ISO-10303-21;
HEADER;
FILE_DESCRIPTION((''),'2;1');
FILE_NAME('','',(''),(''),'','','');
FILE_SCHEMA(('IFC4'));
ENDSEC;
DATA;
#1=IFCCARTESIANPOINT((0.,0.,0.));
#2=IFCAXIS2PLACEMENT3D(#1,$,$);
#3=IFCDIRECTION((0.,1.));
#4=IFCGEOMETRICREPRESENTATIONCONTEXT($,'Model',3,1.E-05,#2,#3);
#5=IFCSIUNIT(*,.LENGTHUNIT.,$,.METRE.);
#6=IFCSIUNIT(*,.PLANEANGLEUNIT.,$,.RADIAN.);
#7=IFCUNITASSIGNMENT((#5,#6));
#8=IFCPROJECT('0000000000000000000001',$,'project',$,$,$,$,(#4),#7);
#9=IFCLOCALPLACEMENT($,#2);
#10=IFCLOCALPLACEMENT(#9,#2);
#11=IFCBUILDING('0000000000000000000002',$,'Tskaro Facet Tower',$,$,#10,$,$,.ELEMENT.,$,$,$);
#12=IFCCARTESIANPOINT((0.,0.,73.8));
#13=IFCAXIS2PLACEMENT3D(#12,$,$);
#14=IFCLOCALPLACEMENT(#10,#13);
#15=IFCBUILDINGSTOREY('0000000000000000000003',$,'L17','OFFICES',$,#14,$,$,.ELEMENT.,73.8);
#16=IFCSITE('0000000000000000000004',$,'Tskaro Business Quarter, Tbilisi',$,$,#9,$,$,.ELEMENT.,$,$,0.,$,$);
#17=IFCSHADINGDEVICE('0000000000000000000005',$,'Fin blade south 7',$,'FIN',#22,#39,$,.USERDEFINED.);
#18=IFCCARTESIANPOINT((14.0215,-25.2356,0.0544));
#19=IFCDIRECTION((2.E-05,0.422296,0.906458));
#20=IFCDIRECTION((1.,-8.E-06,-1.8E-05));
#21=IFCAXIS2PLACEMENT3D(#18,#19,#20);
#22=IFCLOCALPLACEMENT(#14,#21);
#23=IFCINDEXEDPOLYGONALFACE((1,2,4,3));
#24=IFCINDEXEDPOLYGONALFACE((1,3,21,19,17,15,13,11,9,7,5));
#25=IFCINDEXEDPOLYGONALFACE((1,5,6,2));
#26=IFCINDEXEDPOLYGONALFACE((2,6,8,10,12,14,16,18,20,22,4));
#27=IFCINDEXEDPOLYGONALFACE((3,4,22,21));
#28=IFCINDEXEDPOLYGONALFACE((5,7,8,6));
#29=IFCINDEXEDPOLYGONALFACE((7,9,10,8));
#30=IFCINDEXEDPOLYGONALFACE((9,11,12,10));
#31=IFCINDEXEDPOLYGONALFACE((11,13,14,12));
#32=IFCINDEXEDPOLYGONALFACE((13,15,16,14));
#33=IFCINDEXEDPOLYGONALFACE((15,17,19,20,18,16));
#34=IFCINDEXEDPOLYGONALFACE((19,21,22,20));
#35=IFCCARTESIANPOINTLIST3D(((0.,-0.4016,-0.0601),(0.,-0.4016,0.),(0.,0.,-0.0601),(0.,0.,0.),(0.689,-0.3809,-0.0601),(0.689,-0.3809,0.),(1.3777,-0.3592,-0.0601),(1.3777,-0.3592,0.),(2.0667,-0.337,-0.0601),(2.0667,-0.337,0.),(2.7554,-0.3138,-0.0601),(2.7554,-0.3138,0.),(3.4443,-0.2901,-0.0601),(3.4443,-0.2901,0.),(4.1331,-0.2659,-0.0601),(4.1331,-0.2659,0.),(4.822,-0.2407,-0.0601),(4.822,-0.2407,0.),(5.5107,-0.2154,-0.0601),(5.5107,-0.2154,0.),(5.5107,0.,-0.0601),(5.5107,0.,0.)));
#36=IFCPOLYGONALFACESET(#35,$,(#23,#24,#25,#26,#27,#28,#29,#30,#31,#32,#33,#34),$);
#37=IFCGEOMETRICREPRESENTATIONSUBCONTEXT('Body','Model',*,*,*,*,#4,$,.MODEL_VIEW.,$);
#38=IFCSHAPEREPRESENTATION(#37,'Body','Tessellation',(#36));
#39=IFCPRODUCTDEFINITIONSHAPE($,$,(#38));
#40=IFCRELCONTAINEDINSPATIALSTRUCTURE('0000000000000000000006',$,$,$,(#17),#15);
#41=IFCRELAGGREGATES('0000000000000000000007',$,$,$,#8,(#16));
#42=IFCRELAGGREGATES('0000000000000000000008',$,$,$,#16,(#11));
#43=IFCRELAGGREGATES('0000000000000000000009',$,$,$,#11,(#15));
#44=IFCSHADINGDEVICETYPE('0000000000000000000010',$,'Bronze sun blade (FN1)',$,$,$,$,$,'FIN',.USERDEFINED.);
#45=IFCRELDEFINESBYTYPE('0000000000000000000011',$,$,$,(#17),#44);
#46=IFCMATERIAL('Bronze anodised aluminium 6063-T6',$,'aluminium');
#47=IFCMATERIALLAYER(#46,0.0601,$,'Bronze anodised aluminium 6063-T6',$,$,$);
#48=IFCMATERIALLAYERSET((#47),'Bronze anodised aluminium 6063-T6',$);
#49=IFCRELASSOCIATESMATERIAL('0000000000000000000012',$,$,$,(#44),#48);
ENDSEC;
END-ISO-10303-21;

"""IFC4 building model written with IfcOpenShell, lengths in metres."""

from ifc_helpers import new_model, si_unit, direction, frame, origin, place, context, subcontext, project, spatial, polyline, outline, extrude, material, layer, layer_set, type_object, element, save


model = new_model("IFC4")

# Units and contexts
model_context = context("Model", 3, precision=1e-05, world=origin(), true_north=direction((0.0, 1.0)))
body_context = subcontext(model_context, "Body", "Model", "MODEL_VIEW")
ifc_project = project(units=[si_unit("LENGTHUNIT", "METRE"), si_unit("PLANEANGLEUNIT", "RADIAN")], contexts=[model_context])

# Site, building, storey
site_placement = place(None, origin())
site = spatial("IfcSite", under=ifc_project, at=site_placement, Name="Tskaro Business Quarter, Tbilisi", CompositionType="ELEMENT", RefElevation=0.0)
building_placement = place(site_placement, origin())
building = spatial("IfcBuilding", under=site, at=building_placement, Name="Tskaro Facet Tower", CompositionType="ELEMENT")
storey_placement = place(building_placement, frame((0.0, 0.0, 73.8)))
storey = spatial("IfcBuildingStorey", under=building, at=storey_placement, Name="L17", Description="OFFICES", CompositionType="ELEMENT", Elevation=73.8)

# Shared definitions
ifc_material_1 = material(Name="Bronze anodised aluminium 6063-T6", Category="aluminium")

# Shading device
ifc_layer_1 = layer(ifc_material_1, 0.0601, Name="Bronze anodised aluminium 6063-T6")
ifc_layer_set_1 = layer_set([ifc_layer_1], Name="Bronze anodised aluminium 6063-T6")
shading_device_type = type_object("IfcShadingDeviceType", Name="Bronze sun blade (FN1)", ElementType="FIN", PredefinedType="USERDEFINED", material=ifc_layer_set_1)
shading_device_1_placement = place(storey_placement, frame((14.0215, -25.2356, 0.0544), z_axis=(0.00002, 0.422296, 0.906458), x_axis=(1.0, -0.000008, -0.000018)))
element("IfcShadingDevice", 1, at=shading_device_1_placement, inside=storey, type_object=shading_device_type, Name="Fin blade south 7", ObjectType="FIN", PredefinedType="USERDEFINED", context=body_context, shape_type="SweptSolid", body=[
    extrude(outline(polyline([(0.0, 0.0), (5.5107, 0.0), (5.5107, -0.2154), (4.822, -0.2407), (4.1331, -0.2659), (3.4443, -0.2901), (2.7554, -0.3138), (2.0667, -0.337), (1.3777, -0.3592), (0.689, -0.3809), (0.0, -0.4016), (0.0, 0.0)])), origin(), (0.0, 0.0, -1.0), 0.0601),
])

save(model, "model.ifc")
